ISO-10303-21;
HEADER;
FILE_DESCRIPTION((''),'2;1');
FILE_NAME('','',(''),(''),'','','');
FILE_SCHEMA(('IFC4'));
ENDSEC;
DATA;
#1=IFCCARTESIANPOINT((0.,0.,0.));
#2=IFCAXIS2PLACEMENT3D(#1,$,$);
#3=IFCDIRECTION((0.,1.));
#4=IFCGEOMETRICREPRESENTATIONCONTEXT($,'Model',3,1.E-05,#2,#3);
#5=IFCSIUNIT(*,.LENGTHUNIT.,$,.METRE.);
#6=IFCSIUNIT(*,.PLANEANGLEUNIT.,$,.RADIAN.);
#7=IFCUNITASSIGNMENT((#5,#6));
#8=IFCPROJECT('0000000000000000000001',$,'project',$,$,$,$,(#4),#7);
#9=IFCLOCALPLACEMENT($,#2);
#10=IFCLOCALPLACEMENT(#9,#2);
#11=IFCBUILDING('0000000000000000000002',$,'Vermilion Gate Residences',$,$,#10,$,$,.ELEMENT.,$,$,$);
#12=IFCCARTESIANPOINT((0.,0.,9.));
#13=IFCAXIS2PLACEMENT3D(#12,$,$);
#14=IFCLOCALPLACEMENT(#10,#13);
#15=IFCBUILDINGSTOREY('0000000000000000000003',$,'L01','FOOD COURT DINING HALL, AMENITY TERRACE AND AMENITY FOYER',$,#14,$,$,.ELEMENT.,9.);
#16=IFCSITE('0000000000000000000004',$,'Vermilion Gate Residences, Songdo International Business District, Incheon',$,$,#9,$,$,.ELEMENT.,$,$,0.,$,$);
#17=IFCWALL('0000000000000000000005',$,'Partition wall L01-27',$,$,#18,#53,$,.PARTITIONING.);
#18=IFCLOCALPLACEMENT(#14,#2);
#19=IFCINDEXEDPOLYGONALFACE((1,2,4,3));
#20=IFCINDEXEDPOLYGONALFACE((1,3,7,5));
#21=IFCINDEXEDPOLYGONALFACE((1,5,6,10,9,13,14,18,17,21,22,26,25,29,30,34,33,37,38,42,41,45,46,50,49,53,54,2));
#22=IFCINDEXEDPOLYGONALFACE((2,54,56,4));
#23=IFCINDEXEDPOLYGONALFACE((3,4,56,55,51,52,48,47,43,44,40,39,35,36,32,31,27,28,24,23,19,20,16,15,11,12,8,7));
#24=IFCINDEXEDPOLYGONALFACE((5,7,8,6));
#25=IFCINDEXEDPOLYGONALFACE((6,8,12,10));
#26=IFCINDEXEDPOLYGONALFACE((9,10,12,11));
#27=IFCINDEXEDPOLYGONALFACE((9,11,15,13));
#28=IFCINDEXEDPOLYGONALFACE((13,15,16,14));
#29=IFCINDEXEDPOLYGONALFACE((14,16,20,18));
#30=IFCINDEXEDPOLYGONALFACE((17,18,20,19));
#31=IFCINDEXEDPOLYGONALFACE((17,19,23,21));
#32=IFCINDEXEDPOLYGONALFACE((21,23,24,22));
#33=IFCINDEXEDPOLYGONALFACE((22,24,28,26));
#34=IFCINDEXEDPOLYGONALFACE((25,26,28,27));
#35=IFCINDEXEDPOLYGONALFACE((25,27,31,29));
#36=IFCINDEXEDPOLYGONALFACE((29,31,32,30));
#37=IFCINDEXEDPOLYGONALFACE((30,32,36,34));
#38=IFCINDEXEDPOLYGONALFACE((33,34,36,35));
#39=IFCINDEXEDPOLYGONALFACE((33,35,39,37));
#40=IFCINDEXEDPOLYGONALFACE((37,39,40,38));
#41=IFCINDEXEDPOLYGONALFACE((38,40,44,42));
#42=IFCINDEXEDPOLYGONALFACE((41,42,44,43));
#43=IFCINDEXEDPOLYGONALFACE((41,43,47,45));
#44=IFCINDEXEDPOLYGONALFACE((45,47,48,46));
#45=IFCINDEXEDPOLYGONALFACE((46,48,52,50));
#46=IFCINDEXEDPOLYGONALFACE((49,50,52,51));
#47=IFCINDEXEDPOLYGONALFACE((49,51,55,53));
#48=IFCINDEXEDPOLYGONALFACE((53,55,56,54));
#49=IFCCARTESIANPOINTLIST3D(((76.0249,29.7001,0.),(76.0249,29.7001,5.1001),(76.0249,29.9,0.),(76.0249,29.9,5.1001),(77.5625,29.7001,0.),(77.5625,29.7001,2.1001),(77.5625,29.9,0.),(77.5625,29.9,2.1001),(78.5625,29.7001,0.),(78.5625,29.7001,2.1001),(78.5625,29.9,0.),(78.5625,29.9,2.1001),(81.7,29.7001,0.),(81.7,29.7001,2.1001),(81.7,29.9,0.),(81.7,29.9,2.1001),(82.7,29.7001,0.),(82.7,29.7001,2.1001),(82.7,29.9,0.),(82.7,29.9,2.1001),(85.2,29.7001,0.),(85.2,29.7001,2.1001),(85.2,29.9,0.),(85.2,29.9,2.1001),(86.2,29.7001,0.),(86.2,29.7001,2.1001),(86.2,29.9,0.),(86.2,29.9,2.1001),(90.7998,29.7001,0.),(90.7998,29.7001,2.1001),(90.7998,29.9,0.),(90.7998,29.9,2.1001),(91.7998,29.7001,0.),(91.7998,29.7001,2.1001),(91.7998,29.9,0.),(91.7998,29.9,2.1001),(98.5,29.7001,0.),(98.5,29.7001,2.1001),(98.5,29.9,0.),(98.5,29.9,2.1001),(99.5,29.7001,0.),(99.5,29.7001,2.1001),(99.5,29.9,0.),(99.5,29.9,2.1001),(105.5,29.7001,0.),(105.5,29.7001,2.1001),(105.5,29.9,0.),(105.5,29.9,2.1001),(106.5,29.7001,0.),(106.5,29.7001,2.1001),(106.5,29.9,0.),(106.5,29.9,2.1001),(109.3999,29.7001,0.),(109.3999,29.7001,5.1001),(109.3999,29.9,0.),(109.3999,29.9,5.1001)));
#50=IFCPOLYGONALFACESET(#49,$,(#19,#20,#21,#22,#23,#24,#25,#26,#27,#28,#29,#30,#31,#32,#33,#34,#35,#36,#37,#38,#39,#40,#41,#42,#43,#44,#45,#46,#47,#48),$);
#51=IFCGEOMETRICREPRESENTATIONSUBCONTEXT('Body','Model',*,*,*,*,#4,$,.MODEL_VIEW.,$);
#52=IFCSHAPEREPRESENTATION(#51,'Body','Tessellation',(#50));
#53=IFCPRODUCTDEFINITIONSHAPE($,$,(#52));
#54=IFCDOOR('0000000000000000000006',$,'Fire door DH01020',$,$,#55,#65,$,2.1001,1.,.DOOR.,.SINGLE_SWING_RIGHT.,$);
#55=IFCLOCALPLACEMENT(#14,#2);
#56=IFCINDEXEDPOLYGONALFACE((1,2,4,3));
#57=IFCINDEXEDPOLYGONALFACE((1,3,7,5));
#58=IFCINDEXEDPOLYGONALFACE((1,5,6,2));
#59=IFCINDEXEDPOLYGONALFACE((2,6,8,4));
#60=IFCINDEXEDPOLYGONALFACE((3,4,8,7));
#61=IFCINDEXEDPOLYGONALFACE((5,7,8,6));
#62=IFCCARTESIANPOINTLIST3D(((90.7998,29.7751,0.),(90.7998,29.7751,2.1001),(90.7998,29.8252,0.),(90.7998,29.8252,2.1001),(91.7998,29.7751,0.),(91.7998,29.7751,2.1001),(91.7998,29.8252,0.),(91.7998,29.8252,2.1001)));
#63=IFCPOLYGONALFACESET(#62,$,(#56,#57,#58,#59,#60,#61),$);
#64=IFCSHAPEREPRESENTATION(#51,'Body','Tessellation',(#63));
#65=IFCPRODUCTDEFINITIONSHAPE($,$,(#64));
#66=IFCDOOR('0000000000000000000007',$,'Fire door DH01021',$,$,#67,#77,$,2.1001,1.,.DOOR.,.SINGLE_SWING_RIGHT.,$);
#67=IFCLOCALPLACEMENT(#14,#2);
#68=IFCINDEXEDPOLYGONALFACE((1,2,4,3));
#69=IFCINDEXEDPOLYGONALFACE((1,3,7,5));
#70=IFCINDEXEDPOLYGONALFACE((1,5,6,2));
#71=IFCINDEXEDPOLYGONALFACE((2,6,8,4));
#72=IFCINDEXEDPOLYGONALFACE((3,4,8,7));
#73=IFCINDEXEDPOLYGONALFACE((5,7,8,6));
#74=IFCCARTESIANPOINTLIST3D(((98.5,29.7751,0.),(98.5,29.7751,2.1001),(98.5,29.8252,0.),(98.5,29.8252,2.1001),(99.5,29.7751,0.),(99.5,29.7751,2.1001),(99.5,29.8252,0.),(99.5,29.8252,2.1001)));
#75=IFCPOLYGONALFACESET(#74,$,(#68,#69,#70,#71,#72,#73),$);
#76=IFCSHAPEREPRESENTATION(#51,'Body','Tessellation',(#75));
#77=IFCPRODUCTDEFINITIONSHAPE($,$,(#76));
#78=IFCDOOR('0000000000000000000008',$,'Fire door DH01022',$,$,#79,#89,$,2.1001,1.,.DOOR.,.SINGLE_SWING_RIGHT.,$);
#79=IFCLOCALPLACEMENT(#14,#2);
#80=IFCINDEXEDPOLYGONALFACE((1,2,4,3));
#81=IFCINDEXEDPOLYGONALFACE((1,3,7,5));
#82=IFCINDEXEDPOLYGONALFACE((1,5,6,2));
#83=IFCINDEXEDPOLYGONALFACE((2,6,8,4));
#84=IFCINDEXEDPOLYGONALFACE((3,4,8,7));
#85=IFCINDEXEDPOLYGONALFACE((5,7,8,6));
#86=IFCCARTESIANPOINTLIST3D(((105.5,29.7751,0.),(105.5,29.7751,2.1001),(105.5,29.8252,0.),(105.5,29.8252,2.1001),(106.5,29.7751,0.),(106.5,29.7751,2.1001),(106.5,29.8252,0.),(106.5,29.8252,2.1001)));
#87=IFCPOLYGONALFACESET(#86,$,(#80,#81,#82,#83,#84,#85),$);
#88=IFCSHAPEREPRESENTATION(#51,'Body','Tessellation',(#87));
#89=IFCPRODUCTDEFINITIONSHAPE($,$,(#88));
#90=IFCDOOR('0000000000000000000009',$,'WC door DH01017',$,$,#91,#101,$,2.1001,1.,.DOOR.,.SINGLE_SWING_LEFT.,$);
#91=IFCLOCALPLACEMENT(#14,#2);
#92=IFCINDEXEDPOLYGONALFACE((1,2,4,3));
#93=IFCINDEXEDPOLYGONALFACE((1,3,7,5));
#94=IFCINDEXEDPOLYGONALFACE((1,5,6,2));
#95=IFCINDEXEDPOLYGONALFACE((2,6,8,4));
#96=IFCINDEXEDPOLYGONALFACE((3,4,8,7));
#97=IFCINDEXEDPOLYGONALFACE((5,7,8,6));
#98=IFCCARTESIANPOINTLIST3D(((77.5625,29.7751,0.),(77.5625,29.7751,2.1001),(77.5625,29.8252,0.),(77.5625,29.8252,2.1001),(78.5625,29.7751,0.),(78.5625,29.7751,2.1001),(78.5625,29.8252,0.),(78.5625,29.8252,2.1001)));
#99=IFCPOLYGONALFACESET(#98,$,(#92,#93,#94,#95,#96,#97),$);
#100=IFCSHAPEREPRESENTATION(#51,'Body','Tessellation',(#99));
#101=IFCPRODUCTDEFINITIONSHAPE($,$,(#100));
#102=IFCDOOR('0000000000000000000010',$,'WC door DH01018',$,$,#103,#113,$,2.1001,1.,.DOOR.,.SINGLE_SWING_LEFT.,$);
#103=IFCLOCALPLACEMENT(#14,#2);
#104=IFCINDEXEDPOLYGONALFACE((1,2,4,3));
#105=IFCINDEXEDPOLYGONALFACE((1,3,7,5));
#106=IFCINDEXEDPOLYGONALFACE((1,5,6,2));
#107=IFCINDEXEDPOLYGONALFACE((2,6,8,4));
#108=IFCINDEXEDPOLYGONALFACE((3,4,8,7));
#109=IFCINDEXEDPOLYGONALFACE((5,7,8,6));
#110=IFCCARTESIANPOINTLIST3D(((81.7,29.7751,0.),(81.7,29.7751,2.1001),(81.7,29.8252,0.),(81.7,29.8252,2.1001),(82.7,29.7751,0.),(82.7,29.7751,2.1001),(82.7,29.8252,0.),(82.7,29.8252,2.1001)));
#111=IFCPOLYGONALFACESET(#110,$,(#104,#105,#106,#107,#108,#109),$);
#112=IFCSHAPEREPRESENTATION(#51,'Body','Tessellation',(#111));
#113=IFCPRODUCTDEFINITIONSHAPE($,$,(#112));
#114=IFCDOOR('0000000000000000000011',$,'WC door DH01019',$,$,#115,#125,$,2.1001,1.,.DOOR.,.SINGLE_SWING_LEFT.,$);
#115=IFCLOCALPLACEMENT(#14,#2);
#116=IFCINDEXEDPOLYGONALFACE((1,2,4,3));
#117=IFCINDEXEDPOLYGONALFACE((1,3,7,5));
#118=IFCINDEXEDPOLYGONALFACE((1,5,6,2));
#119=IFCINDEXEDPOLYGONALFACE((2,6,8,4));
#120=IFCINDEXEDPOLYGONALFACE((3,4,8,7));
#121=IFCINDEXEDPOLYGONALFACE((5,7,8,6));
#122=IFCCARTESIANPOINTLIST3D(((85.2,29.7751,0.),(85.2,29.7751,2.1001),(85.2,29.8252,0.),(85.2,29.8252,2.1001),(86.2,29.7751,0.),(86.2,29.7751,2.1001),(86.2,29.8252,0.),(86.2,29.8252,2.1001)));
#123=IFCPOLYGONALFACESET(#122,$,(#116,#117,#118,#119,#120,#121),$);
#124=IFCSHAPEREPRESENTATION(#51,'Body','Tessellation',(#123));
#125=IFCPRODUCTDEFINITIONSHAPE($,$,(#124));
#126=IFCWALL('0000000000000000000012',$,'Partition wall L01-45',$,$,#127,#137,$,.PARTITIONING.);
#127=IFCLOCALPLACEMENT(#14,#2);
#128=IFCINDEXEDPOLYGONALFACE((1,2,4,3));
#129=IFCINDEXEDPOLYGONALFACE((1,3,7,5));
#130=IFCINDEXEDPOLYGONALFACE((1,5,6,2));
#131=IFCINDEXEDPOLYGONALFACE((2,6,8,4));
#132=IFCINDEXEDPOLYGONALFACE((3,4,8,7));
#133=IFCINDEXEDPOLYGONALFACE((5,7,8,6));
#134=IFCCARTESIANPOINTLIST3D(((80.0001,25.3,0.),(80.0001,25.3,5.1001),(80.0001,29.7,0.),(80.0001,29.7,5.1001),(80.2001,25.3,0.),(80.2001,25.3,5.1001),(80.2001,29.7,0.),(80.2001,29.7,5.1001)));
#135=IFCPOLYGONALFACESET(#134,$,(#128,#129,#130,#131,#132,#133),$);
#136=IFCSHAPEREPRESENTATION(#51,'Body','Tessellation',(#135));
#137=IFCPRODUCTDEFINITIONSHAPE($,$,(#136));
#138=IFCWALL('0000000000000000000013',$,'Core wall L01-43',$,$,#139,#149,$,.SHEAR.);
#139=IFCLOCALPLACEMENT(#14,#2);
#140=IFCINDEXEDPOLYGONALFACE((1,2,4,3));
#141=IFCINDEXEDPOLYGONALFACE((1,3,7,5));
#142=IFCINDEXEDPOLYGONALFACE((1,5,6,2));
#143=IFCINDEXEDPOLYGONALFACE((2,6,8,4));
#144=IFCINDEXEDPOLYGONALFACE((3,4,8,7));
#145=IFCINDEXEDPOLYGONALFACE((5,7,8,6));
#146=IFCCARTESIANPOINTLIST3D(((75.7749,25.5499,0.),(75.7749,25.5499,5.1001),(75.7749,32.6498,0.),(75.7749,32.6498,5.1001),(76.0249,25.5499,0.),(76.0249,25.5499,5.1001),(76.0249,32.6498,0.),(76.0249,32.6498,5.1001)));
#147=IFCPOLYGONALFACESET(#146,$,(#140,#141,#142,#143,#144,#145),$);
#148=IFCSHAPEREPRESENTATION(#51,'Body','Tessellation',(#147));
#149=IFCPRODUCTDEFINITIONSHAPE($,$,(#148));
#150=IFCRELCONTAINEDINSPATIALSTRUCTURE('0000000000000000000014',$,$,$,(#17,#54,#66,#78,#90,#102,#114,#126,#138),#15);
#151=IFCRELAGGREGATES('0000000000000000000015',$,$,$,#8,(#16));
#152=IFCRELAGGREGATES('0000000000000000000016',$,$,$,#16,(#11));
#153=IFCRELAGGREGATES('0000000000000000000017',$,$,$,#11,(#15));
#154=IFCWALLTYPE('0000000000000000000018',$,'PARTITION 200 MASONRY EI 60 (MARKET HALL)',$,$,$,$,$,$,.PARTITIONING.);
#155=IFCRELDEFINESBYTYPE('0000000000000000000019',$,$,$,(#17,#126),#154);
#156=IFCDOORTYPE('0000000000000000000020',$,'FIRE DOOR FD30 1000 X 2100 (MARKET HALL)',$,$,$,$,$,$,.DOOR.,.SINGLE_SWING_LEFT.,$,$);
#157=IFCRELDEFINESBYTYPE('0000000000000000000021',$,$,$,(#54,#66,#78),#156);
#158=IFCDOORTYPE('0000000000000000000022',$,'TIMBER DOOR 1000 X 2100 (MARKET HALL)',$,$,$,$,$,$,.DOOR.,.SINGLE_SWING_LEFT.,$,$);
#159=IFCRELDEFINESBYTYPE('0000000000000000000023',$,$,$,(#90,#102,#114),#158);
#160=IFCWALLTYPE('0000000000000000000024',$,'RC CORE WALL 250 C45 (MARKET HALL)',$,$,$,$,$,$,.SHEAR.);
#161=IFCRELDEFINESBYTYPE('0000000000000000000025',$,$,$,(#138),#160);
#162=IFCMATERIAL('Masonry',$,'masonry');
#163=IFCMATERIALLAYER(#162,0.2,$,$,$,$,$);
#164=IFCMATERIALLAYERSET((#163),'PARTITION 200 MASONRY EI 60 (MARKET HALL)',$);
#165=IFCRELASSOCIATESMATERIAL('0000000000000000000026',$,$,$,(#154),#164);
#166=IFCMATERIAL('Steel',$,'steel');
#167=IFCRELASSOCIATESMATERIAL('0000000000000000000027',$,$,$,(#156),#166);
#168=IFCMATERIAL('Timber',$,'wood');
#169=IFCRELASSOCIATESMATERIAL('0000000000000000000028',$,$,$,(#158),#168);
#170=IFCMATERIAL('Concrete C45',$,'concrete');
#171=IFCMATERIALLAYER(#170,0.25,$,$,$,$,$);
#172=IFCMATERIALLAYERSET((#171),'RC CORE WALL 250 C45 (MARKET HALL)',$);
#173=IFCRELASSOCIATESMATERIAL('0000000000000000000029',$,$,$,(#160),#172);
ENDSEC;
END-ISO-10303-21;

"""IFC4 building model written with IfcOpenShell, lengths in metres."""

from ifc_helpers import new_model, si_unit, direction, frame, frame_2d, origin, place, context, subcontext, project, spatial, rectangle, extrude, material, layer, layer_set, type_object, element, fill, save


model = new_model("IFC4")

# Units and contexts
model_context = context("Model", 3, precision=1e-05, world=origin(), true_north=direction((0.0, 1.0)))
body_context = subcontext(model_context, "Body", "Model", "MODEL_VIEW")
ifc_project = project(units=[si_unit("LENGTHUNIT", "METRE"), si_unit("PLANEANGLEUNIT", "RADIAN")], contexts=[model_context])

# Site, building, storey
site_placement = place(None, origin())
site = spatial("IfcSite", under=ifc_project, at=site_placement, Name="Vermilion Gate Residences, Songdo International Business District, Incheon", CompositionType="ELEMENT", RefElevation=0.0)
building_placement = place(site_placement, origin())
building = spatial("IfcBuilding", under=site, at=building_placement, Name="Vermilion Gate Residences", CompositionType="ELEMENT")
storey_placement = place(building_placement, frame((0.0, 0.0, 9.0)))
storey = spatial("IfcBuildingStorey", under=building, at=storey_placement, Name="L01", Description="FOOD COURT DINING HALL, AMENITY TERRACE AND AMENITY FOYER", CompositionType="ELEMENT", Elevation=9.0)

# Shared definitions
ifc_material_1 = material(Name="Masonry", Category="masonry")
ifc_layer_1 = layer(ifc_material_1, 0.2)
ifc_layer_set_1 = layer_set([ifc_layer_1], Name="PARTITION 200 MASONRY EI 60 (MARKET HALL)")
wall_type_1 = type_object("IfcWallType", Name="PARTITION 200 MASONRY EI 60 (MARKET HALL)", PredefinedType="PARTITIONING", material=ifc_layer_set_1)

# Wall, openings, doors
wall_1_placement = place(storey_placement, frame((76.0249, 29.8, 0.0), z_axis=(0.0, 0.0, 1.0), x_axis=(1.0, 0.0, 0.0)))
wall_1 = element("IfcWall", 1, at=wall_1_placement, inside=storey, type_object=wall_type_1, Name="Partition wall L01-27", PredefinedType="PARTITIONING", context=body_context, shape_type="SweptSolid", body=[
    extrude(rectangle(XDim=33.375, YDim=0.2, at=frame_2d((16.6875, 0.0))), origin(), (0.0, 0.0, 1.0), 5.1001),
])
opening_1_placement = place(wall_1_placement, frame((1.5376, 0.0, 0.0)))
opening_1 = element("IfcOpeningElement", 2, at=opening_1_placement, cuts=wall_1, PredefinedType="OPENING", context=body_context, shape_type="SweptSolid", body=[
    extrude(rectangle(XDim=1.0, YDim=2.1001, at=frame_2d((0.5, 1.05))), frame((0.0, 0.1099, 0.0), z_axis=(0.0, -1.0, 0.0), x_axis=(1.0, 0.0, 0.0)), (0.0, 0.0, 1.0), 0.22),
])
opening_2_placement = place(wall_1_placement, frame((5.675, 0.0, 0.0)))
opening_2 = element("IfcOpeningElement", 3, at=opening_2_placement, cuts=wall_1, PredefinedType="OPENING", context=body_context, shape_type="SweptSolid", body=[
    extrude(rectangle(XDim=1.0, YDim=2.1001, at=frame_2d((0.5, 1.05))), frame((0.0, 0.1099, 0.0), z_axis=(0.0, -1.0, 0.0), x_axis=(1.0, 0.0, 0.0)), (0.0, 0.0, 1.0), 0.22),
])
opening_3_placement = place(wall_1_placement, frame((9.175, 0.0, 0.0)))
opening_3 = element("IfcOpeningElement", 4, at=opening_3_placement, cuts=wall_1, PredefinedType="OPENING", context=body_context, shape_type="SweptSolid", body=[
    extrude(rectangle(XDim=1.0, YDim=2.1001, at=frame_2d((0.5, 1.05))), frame((0.0, 0.1099, 0.0), z_axis=(0.0, -1.0, 0.0), x_axis=(1.0, 0.0, 0.0)), (0.0, 0.0, 1.0), 0.22),
])
opening_4_placement = place(wall_1_placement, frame((14.7749, 0.0, 0.0)))
opening_4 = element("IfcOpeningElement", 5, at=opening_4_placement, cuts=wall_1, PredefinedType="OPENING", context=body_context, shape_type="SweptSolid", body=[
    extrude(rectangle(XDim=1.0, YDim=2.1001, at=frame_2d((0.5, 1.05))), frame((0.0, 0.1099, 0.0), z_axis=(0.0, -1.0, 0.0), x_axis=(1.0, 0.0, 0.0)), (0.0, 0.0, 1.0), 0.22),
])
opening_5_placement = place(wall_1_placement, frame((22.4751, 0.0, 0.0)))
opening_5 = element("IfcOpeningElement", 6, at=opening_5_placement, cuts=wall_1, PredefinedType="OPENING", context=body_context, shape_type="SweptSolid", body=[
    extrude(rectangle(XDim=1.0, YDim=2.1001, at=frame_2d((0.5, 1.05))), frame((0.0, 0.1099, 0.0), z_axis=(0.0, -1.0, 0.0), x_axis=(1.0, 0.0, 0.0)), (0.0, 0.0, 1.0), 0.22),
])
opening_6_placement = place(wall_1_placement, frame((29.4751, 0.0, 0.0)))
opening_6 = element("IfcOpeningElement", 7, at=opening_6_placement, cuts=wall_1, PredefinedType="OPENING", context=body_context, shape_type="SweptSolid", body=[
    extrude(rectangle(XDim=1.0, YDim=2.1001, at=frame_2d((0.5, 1.05))), frame((0.0, 0.1099, 0.0), z_axis=(0.0, -1.0, 0.0), x_axis=(1.0, 0.0, 0.0)), (0.0, 0.0, 1.0), 0.22),
])
ifc_material_2 = material(Name="Steel", Category="steel")
door_type_1 = type_object("IfcDoorType", Name="FIRE DOOR FD30 1000 X 2100 (MARKET HALL)", OperationType="SINGLE_SWING_LEFT", PredefinedType="DOOR", material=ifc_material_2)
door_1_placement = place(opening_4_placement, frame((1.0, 0.0, 0.0), z_axis=(0.0, 0.0, 1.0), x_axis=(-1.0, 0.0, 0.0)))
door_1 = element("IfcDoor", 8, at=door_1_placement, inside=storey, type_object=door_type_1, Name="Fire door DH01020", OperationType="SINGLE_SWING_RIGHT", OverallHeight=2.1001, OverallWidth=1.0, PredefinedType="DOOR", context=body_context, shape_type="SweptSolid", body=[
    extrude(rectangle(XDim=1.0, YDim=2.1001, at=frame_2d((0.5, 1.05))), frame((0.0, 0.0249, 0.0), z_axis=(0.0, -1.0, 0.0), x_axis=(1.0, 0.0, 0.0)), (0.0, 0.0, 1.0), 0.05),
])
fill(opening_4, door_1)
door_2_placement = place(opening_5_placement, frame((1.0, 0.0, 0.0), z_axis=(0.0, 0.0, 1.0), x_axis=(-1.0, 0.0, 0.0)))
door_2 = element("IfcDoor", 9, at=door_2_placement, inside=storey, type_object=door_type_1, Name="Fire door DH01021", OperationType="SINGLE_SWING_RIGHT", OverallHeight=2.1001, OverallWidth=1.0, PredefinedType="DOOR", context=body_context, shape_type="SweptSolid", body=[
    extrude(rectangle(XDim=1.0, YDim=2.1001, at=frame_2d((0.5, 1.05))), frame((0.0, 0.0249, 0.0), z_axis=(0.0, -1.0, 0.0), x_axis=(1.0, 0.0, 0.0)), (0.0, 0.0, 1.0), 0.05),
])
fill(opening_5, door_2)
door_3_placement = place(opening_6_placement, frame((1.0, 0.0, 0.0), z_axis=(0.0, 0.0, 1.0), x_axis=(-1.0, 0.0, 0.0)))
door_3 = element("IfcDoor", 10, at=door_3_placement, inside=storey, type_object=door_type_1, Name="Fire door DH01022", OperationType="SINGLE_SWING_RIGHT", OverallHeight=2.1001, OverallWidth=1.0, PredefinedType="DOOR", context=body_context, shape_type="SweptSolid", body=[
    extrude(rectangle(XDim=1.0, YDim=2.1001, at=frame_2d((0.5, 1.05))), frame((0.0, 0.0249, 0.0), z_axis=(0.0, -1.0, 0.0), x_axis=(1.0, 0.0, 0.0)), (0.0, 0.0, 1.0), 0.05),
])
fill(opening_6, door_3)
ifc_material_3 = material(Name="Timber", Category="wood")
door_type_2 = type_object("IfcDoorType", Name="TIMBER DOOR 1000 X 2100 (MARKET HALL)", OperationType="SINGLE_SWING_LEFT", PredefinedType="DOOR", material=ifc_material_3)
door_4_placement = place(opening_1_placement, frame((1.0, 0.0, 0.0), z_axis=(0.0, 0.0, 1.0), x_axis=(-1.0, 0.0, 0.0)))
door_4 = element("IfcDoor", 11, at=door_4_placement, inside=storey, type_object=door_type_2, Name="WC door DH01017", OperationType="SINGLE_SWING_LEFT", OverallHeight=2.1001, OverallWidth=1.0, PredefinedType="DOOR", context=body_context, shape_type="SweptSolid", body=[
    extrude(rectangle(XDim=1.0, YDim=2.1001, at=frame_2d((0.5, 1.05))), frame((0.0, 0.0249, 0.0), z_axis=(0.0, -1.0, 0.0), x_axis=(1.0, 0.0, 0.0)), (0.0, 0.0, 1.0), 0.05),
])
fill(opening_1, door_4)
door_5_placement = place(opening_2_placement, frame((1.0, 0.0, 0.0), z_axis=(0.0, 0.0, 1.0), x_axis=(-1.0, 0.0, 0.0)))
door_5 = element("IfcDoor", 12, at=door_5_placement, inside=storey, type_object=door_type_2, Name="WC door DH01018", OperationType="SINGLE_SWING_LEFT", OverallHeight=2.1001, OverallWidth=1.0, PredefinedType="DOOR", context=body_context, shape_type="SweptSolid", body=[
    extrude(rectangle(XDim=1.0, YDim=2.1001, at=frame_2d((0.5, 1.05))), frame((0.0, 0.0249, 0.0), z_axis=(0.0, -1.0, 0.0), x_axis=(1.0, 0.0, 0.0)), (0.0, 0.0, 1.0), 0.05),
])
fill(opening_2, door_5)
door_6_placement = place(opening_3_placement, frame((1.0, 0.0, 0.0), z_axis=(0.0, 0.0, 1.0), x_axis=(-1.0, 0.0, 0.0)))
door_6 = element("IfcDoor", 13, at=door_6_placement, inside=storey, type_object=door_type_2, Name="WC door DH01019", OperationType="SINGLE_SWING_LEFT", OverallHeight=2.1001, OverallWidth=1.0, PredefinedType="DOOR", context=body_context, shape_type="SweptSolid", body=[
    extrude(rectangle(XDim=1.0, YDim=2.1001, at=frame_2d((0.5, 1.05))), frame((0.0, 0.0249, 0.0), z_axis=(0.0, -1.0, 0.0), x_axis=(1.0, 0.0, 0.0)), (0.0, 0.0, 1.0), 0.05),
])
fill(opening_3, door_6)

# Walls
wall_2_placement = place(storey_placement, frame((80.1001, 25.3, 0.0), z_axis=(0.0, 0.0, 1.0), x_axis=(0.0, 1.0, 0.0)))
element("IfcWall", 14, at=wall_2_placement, inside=storey, type_object=wall_type_1, Name="Partition wall L01-45", PredefinedType="PARTITIONING", context=body_context, shape_type="SweptSolid", body=[
    extrude(rectangle(XDim=4.3999, YDim=0.2, at=frame_2d((2.2, 0.0))), origin(), (0.0, 0.0, 1.0), 5.1001),
])
ifc_material_4 = material(Name="Concrete C45", Category="concrete")
ifc_layer_2 = layer(ifc_material_4, 0.25)
ifc_layer_set_2 = layer_set([ifc_layer_2], Name="RC CORE WALL 250 C45 (MARKET HALL)")
wall_type_2 = type_object("IfcWallType", Name="RC CORE WALL 250 C45 (MARKET HALL)", PredefinedType="SHEAR", material=ifc_layer_set_2)
wall_3_placement = place(storey_placement, frame((75.8999, 25.55, 0.0), z_axis=(0.0, 0.0, 1.0), x_axis=(0.0, 1.0, 0.0)))
element("IfcWall", 15, at=wall_3_placement, inside=storey, type_object=wall_type_2, Name="Core wall L01-43", PredefinedType="SHEAR", context=body_context, shape_type="SweptSolid", body=[
    extrude(rectangle(XDim=7.0999, YDim=0.25, at=frame_2d((3.5498, 0.0))), origin(), (0.0, 0.0, 1.0), 5.1001),
])

save(model, "model.ifc")
